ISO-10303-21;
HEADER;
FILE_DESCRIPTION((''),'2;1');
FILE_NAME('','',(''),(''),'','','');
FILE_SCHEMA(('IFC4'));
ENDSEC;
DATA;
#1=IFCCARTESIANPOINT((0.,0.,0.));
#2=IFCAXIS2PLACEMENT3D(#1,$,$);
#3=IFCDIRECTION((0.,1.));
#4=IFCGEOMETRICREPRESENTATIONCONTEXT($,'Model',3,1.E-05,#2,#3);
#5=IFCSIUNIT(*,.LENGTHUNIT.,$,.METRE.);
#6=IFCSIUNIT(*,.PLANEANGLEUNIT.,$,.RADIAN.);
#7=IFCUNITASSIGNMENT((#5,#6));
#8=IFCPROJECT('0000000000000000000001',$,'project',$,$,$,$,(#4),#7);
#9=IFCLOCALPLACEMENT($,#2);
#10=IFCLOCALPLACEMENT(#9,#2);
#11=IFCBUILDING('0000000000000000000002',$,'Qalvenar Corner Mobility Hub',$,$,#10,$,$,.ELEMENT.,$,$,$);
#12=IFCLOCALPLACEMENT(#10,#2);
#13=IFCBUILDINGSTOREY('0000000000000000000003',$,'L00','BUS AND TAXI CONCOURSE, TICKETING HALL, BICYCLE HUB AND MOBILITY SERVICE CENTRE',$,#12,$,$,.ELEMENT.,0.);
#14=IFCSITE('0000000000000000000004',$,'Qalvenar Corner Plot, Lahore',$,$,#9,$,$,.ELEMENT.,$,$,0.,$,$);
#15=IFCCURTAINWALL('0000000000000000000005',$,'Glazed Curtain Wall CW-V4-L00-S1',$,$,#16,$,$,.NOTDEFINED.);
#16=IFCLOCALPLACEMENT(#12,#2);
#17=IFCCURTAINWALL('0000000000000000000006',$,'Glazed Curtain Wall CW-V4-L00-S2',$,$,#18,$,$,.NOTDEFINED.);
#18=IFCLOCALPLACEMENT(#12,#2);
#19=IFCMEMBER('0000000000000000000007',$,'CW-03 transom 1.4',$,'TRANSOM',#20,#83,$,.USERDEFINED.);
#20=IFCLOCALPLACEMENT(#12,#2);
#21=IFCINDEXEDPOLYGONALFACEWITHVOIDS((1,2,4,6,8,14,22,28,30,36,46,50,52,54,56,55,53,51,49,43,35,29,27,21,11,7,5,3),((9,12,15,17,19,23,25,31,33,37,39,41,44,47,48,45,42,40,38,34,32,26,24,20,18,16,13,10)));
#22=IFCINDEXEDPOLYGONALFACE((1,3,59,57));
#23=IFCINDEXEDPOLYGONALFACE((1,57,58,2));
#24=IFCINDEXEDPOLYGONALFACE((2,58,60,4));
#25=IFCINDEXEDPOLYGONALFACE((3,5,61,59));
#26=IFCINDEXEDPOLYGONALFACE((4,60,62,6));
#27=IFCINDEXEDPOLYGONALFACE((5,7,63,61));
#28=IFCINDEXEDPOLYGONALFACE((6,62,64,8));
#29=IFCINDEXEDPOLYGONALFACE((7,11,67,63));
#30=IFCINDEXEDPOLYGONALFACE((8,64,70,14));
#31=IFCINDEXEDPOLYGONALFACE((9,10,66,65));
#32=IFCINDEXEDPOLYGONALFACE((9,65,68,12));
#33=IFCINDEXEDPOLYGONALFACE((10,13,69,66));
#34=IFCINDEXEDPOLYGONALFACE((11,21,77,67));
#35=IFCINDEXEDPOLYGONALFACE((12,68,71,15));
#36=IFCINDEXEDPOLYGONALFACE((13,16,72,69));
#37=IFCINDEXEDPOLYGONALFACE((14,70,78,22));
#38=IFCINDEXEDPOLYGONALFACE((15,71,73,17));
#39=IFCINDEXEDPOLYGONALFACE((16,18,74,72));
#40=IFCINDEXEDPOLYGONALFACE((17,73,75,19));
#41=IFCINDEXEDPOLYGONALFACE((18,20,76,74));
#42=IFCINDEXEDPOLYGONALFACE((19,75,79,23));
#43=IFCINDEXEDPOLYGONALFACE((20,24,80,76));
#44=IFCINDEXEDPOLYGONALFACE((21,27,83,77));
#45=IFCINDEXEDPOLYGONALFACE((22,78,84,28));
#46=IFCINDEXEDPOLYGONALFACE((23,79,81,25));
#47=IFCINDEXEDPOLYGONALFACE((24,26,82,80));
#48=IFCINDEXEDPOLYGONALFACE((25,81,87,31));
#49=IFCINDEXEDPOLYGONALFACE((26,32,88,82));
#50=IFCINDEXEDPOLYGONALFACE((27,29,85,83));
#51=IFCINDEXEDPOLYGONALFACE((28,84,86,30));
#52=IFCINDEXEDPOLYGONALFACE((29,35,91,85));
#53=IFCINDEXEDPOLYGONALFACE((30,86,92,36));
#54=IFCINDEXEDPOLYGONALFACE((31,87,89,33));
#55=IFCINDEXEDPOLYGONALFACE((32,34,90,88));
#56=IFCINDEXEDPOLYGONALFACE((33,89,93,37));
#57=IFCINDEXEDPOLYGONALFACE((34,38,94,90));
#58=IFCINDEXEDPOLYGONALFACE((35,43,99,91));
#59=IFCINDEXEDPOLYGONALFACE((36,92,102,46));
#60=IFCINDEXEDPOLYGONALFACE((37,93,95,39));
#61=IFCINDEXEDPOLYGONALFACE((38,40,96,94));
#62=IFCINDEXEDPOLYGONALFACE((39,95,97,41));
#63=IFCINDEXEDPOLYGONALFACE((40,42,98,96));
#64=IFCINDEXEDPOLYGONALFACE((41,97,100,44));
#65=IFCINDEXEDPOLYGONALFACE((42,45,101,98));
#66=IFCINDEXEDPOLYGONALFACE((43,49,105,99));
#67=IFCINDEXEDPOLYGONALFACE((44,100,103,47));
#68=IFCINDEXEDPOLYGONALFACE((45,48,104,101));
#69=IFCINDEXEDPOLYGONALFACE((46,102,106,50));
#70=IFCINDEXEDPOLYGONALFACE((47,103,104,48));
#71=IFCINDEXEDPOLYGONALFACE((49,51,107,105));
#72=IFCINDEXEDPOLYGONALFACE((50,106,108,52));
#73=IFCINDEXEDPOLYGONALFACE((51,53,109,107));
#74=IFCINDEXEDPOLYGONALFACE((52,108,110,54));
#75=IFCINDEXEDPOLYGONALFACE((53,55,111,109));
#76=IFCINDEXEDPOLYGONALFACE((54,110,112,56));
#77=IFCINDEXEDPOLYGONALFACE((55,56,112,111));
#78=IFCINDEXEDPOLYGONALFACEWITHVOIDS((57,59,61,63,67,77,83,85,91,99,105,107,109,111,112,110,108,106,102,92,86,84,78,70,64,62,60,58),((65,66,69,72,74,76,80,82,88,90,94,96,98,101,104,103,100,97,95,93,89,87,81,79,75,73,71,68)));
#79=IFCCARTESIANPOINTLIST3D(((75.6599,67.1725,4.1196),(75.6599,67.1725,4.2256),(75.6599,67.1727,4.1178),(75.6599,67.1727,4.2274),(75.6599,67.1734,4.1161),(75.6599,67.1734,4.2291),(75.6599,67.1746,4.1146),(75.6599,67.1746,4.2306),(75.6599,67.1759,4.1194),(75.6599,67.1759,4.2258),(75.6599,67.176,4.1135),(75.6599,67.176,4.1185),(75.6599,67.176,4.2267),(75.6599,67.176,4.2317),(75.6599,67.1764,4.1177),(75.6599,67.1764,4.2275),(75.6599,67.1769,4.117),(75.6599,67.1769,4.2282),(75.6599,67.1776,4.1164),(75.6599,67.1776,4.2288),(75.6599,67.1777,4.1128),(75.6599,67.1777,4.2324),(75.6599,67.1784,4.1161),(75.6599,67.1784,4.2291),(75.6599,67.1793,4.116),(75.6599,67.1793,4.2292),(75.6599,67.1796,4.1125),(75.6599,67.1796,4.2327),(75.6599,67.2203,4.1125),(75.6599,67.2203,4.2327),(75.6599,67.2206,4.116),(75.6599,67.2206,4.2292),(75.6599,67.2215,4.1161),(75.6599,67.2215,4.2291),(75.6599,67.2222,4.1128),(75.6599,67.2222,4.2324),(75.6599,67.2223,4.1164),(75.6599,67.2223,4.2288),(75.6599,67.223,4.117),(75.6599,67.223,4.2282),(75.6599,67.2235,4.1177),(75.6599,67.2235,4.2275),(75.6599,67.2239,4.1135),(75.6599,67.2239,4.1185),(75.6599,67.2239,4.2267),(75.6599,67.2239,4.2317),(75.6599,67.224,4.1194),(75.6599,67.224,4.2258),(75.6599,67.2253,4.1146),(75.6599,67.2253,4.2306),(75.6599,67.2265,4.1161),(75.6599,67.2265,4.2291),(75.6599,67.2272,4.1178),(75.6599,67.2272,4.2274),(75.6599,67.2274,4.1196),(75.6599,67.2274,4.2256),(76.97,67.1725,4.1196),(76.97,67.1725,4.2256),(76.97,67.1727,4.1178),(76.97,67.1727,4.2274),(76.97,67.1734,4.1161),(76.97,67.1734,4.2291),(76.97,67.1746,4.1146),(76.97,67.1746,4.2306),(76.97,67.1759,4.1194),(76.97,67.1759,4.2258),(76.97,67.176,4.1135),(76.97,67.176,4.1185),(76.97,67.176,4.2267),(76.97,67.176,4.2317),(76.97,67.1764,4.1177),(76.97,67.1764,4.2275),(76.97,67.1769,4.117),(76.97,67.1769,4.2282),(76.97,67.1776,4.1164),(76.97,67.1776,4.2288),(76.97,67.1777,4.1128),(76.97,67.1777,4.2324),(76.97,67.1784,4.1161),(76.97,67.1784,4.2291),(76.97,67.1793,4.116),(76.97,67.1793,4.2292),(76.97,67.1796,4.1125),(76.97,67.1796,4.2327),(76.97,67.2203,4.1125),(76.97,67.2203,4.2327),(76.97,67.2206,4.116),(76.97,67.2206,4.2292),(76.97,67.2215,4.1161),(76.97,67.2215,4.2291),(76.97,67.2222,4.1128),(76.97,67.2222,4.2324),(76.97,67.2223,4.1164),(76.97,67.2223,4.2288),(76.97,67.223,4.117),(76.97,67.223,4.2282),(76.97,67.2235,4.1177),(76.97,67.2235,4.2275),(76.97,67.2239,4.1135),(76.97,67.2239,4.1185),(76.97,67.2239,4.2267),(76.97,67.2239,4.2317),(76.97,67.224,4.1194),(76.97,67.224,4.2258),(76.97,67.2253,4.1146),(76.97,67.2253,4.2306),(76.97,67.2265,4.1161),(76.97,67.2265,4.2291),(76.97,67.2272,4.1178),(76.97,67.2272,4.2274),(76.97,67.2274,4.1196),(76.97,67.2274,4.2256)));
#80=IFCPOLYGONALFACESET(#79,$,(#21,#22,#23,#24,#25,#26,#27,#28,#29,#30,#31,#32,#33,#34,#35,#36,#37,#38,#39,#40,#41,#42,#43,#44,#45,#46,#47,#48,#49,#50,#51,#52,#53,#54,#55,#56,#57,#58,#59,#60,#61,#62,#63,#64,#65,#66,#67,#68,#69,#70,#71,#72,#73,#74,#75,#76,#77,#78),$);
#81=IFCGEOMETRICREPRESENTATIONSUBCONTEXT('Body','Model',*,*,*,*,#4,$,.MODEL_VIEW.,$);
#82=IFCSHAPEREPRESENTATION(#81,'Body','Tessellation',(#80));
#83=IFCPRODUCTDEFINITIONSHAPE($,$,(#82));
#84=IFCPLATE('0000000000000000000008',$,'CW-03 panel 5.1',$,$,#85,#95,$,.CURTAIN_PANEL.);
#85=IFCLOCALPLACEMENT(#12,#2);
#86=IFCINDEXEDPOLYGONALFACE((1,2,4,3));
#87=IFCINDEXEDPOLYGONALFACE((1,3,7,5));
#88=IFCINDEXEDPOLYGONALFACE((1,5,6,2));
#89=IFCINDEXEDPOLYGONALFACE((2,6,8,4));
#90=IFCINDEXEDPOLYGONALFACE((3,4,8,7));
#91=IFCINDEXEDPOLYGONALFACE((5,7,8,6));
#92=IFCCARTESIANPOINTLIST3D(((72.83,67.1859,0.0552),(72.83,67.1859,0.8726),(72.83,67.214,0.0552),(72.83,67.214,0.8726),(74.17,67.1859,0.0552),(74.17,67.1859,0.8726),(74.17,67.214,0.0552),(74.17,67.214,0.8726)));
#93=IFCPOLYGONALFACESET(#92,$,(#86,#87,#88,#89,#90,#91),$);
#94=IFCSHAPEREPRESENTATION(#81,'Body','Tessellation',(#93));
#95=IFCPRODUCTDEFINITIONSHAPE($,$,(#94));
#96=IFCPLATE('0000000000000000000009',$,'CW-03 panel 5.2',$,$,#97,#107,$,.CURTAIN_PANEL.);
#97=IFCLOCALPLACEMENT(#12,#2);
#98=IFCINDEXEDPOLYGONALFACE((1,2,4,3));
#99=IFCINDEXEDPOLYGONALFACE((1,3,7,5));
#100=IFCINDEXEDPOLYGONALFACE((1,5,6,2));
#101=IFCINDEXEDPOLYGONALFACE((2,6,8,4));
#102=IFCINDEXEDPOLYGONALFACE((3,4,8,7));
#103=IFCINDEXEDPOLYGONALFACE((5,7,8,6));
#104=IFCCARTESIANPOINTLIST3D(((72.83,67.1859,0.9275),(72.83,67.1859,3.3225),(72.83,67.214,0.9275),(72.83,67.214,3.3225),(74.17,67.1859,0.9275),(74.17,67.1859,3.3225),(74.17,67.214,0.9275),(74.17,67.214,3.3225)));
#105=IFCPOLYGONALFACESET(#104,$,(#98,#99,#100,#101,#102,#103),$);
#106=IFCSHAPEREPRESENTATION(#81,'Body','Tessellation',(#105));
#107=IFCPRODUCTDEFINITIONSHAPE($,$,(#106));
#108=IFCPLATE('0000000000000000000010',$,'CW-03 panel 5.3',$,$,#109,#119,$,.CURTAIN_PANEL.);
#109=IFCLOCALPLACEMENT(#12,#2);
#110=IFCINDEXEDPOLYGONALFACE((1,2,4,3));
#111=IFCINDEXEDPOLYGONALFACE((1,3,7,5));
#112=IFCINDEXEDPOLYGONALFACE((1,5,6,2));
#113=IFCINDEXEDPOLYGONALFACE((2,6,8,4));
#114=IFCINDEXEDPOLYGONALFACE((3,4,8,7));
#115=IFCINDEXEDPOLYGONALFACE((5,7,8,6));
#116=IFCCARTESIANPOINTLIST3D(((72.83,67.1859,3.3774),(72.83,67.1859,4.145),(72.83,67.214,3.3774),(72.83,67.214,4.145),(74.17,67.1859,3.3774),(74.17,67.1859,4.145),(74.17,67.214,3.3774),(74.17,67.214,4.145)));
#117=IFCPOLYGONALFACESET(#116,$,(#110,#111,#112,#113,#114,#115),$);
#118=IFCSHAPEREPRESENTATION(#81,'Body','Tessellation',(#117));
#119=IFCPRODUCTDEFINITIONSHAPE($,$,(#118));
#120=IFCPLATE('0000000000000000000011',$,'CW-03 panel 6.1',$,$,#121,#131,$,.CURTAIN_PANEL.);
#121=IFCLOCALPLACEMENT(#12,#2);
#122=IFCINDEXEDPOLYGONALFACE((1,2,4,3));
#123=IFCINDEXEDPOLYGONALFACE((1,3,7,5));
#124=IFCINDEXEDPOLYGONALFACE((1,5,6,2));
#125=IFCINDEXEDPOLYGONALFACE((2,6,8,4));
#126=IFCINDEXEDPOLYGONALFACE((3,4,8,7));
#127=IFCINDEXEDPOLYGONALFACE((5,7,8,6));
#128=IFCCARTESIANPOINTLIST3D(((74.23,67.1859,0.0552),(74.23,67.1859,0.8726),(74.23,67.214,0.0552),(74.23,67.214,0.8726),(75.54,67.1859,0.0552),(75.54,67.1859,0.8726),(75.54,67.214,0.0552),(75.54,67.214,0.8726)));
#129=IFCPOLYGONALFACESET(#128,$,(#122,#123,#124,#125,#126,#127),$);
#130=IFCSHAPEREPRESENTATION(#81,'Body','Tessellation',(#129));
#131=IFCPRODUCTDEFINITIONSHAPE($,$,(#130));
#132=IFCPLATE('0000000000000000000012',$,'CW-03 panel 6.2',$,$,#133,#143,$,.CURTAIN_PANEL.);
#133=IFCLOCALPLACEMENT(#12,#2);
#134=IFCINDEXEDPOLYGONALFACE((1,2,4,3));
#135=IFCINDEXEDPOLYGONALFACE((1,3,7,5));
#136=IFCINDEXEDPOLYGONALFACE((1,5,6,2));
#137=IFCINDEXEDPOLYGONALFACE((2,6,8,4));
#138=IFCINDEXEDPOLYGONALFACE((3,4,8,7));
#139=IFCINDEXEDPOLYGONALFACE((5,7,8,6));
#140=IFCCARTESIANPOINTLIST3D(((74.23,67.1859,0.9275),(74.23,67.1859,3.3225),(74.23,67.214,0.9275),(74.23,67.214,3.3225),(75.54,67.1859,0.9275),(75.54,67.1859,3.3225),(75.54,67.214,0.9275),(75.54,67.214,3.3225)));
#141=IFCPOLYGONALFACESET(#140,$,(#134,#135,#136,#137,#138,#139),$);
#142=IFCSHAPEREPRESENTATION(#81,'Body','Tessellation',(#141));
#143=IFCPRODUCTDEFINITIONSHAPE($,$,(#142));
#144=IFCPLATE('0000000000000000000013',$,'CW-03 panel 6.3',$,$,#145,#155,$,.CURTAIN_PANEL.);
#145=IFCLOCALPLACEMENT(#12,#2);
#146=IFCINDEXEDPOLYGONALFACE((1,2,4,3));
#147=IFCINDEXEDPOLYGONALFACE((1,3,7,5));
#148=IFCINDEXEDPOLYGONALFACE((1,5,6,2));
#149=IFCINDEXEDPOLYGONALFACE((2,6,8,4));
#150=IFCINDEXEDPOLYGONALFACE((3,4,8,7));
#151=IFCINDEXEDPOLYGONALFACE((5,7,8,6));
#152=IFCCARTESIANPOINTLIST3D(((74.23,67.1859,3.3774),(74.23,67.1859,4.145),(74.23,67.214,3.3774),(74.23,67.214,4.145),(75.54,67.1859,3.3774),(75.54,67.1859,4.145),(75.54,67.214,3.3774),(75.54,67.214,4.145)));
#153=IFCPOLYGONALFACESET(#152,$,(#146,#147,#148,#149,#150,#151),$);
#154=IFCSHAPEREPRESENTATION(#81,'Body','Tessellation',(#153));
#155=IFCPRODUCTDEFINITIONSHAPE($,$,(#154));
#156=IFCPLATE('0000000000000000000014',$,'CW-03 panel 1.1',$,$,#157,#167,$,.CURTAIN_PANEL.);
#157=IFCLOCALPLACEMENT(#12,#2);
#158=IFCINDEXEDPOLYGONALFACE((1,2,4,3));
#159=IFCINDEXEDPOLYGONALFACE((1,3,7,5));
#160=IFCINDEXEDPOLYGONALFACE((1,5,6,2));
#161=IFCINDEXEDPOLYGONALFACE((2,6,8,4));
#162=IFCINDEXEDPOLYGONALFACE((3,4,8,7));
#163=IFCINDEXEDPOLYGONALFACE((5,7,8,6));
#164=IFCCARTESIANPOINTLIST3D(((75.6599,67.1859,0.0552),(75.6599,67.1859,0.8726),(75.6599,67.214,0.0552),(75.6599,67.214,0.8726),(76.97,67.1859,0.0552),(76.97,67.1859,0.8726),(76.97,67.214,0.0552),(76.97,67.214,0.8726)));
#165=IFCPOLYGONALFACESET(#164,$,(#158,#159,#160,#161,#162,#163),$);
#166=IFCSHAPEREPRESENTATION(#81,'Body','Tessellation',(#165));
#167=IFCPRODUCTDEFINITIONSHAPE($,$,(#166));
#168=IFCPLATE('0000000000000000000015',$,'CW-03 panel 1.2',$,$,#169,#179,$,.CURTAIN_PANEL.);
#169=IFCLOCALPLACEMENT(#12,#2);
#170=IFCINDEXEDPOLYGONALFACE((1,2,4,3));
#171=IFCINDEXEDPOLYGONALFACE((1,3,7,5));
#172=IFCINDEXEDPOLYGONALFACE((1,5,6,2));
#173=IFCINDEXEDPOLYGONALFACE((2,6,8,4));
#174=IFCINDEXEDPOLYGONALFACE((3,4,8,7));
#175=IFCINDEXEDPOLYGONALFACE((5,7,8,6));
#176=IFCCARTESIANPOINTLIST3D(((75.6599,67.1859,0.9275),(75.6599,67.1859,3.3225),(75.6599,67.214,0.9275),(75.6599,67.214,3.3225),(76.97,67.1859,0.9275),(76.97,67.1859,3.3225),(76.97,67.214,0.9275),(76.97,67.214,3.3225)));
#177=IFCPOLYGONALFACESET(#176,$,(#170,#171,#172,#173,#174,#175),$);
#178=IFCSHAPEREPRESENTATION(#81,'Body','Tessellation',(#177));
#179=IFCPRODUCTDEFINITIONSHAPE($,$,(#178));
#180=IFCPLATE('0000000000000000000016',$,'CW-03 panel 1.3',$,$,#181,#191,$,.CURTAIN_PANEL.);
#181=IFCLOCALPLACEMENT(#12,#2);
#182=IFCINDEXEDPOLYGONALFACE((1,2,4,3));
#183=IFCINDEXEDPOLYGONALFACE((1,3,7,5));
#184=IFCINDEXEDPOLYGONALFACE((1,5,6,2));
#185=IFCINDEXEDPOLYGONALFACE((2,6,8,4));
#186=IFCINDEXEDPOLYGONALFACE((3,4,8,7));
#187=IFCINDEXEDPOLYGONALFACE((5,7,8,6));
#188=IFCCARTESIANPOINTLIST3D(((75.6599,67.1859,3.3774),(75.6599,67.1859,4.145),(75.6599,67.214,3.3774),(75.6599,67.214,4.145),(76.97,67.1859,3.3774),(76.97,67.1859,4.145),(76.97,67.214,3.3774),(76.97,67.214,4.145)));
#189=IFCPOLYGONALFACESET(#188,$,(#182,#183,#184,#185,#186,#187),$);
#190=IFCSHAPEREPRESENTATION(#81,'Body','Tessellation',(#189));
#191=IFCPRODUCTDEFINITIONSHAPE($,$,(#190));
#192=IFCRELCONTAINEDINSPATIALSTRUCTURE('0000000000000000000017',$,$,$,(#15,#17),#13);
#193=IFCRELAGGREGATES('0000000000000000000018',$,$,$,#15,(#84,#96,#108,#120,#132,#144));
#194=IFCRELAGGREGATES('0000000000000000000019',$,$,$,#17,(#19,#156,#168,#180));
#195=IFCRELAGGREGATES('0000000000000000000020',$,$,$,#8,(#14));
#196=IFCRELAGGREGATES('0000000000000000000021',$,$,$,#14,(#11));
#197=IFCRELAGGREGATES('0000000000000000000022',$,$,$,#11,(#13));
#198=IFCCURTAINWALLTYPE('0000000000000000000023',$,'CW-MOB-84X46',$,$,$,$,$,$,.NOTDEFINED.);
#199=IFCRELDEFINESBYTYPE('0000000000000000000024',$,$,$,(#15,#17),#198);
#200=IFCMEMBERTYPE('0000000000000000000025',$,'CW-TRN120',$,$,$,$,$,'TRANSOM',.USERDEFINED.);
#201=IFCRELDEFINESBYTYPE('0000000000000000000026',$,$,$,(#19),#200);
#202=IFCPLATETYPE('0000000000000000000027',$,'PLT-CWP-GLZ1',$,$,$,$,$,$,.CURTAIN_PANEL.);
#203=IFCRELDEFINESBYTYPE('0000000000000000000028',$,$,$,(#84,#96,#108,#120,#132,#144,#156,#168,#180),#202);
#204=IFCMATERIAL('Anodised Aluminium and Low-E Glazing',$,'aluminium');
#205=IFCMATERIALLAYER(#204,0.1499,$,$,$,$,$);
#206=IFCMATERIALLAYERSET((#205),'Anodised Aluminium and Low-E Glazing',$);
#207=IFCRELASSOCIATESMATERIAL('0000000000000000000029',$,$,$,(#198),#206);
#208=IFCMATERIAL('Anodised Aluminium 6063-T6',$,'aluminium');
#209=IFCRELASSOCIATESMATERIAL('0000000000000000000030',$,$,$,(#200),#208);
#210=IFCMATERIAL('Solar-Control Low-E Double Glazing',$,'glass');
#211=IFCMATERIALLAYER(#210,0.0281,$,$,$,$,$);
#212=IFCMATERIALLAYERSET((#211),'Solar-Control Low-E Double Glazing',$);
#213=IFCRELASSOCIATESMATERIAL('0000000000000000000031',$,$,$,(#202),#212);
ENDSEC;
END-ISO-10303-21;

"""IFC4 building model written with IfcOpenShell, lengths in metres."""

from ifc_helpers import new_model, si_unit, direction, frame, origin, origin_2d, place, context, subcontext, project, spatial, rectangle, hollow_rectangle, extrude, material, layer, layer_set, material_profile, profile_set, type_object, element, aggregate, save


model = new_model("IFC4")

# Units and contexts
model_context = context("Model", 3, precision=1e-05, world=origin(), true_north=direction((0.0, 1.0)))
body_context = subcontext(model_context, "Body", "Model", "MODEL_VIEW")
ifc_project = project(units=[si_unit("LENGTHUNIT", "METRE"), si_unit("PLANEANGLEUNIT", "RADIAN")], contexts=[model_context])

# Site, building, storey
site_placement = place(None, origin())
site = spatial("IfcSite", under=ifc_project, at=site_placement, Name="Qalvenar Corner Plot, Lahore", CompositionType="ELEMENT", RefElevation=0.0)
building_placement = place(site_placement, origin())
building = spatial("IfcBuilding", under=site, at=building_placement, Name="Qalvenar Corner Mobility Hub", CompositionType="ELEMENT")
storey_placement = place(building_placement, origin())
storey = spatial("IfcBuildingStorey", under=building, at=storey_placement, Name="L00", Description="BUS AND TAXI CONCOURSE, TICKETING HALL, BICYCLE HUB AND MOBILITY SERVICE CENTRE", CompositionType="ELEMENT", Elevation=0.0)

# Curtain walls
ifc_material_1 = material(Name="Anodised Aluminium and Low-E Glazing", Category="aluminium")
ifc_layer_1 = layer(ifc_material_1, 0.1499)
ifc_layer_set_1 = layer_set([ifc_layer_1], Name="Anodised Aluminium and Low-E Glazing")
curtain_wall_type = type_object("IfcCurtainWallType", Name="CW-MOB-84X46", PredefinedType="NOTDEFINED", material=ifc_layer_set_1)
curtain_wall_1_placement = place(storey_placement, origin())
curtain_wall_1 = element("IfcCurtainWall", 1, at=curtain_wall_1_placement, inside=storey, type_object=curtain_wall_type, Name="Glazed Curtain Wall CW-V4-L00-S1", PredefinedType="NOTDEFINED")
ifc_material_2 = material(Name="Anodised Aluminium 6063-T6", Category="aluminium")
curtain_wall_2_placement = place(storey_placement, origin())
curtain_wall_2 = element("IfcCurtainWall", 2, at=curtain_wall_2_placement, inside=storey, type_object=curtain_wall_type, Name="Glazed Curtain Wall CW-V4-L00-S2", PredefinedType="NOTDEFINED")

# Member
ifc_material_profile_1 = material_profile(ifc_material_2, hollow_rectangle(XDim=0.0549, YDim=0.1201, WallThickness=0.0034, InnerFilletRadius=0.0034, OuterFilletRadius=0.0071, at=origin_2d()), Name="RHS120x55x3.5")
ifc_profile_set_1 = profile_set([ifc_material_profile_1], Name="Anodised Aluminium 6063-T6")
member_type_1 = type_object("IfcMemberType", Name="CW-TRN120", ElementType="TRANSOM", PredefinedType="USERDEFINED", material=ifc_profile_set_1)
member_1_placement = place(storey_placement, frame((75.6599, 67.2, 4.1726), z_axis=(1.0, 0.0, 0.0), x_axis=(0.0, 1.0, 0.0)))
member_1 = element("IfcMember", 3, at=member_1_placement, type_object=member_type_1, Name="CW-03 transom 1.4", ObjectType="TRANSOM", PredefinedType="USERDEFINED", context=body_context, shape_type="SweptSolid", body=[
    extrude(hollow_rectangle(XDim=0.0549, YDim=0.1201, WallThickness=0.0034, InnerFilletRadius=0.0034, OuterFilletRadius=0.0071, at=origin_2d()), origin(), (0.0, 0.0, 1.0), 1.3101),
])

# Plates
ifc_material_3 = material(Name="Solar-Control Low-E Double Glazing", Category="glass")
ifc_layer_2 = layer(ifc_material_3, 0.0281)
ifc_layer_set_2 = layer_set([ifc_layer_2], Name="Solar-Control Low-E Double Glazing")
plate_type = type_object("IfcPlateType", Name="PLT-CWP-GLZ1", PredefinedType="CURTAIN_PANEL", material=ifc_layer_set_2)
plate_1_placement = place(storey_placement, frame((73.5, 67.2, 0.0552), z_axis=(0.0, 0.0, 1.0), x_axis=(1.0, 0.0, 0.0)))
plate_1 = element("IfcPlate", 4, at=plate_1_placement, type_object=plate_type, Name="CW-03 panel 5.1", PredefinedType="CURTAIN_PANEL", context=body_context, shape_type="SweptSolid", body=[
    extrude(rectangle(XDim=1.3401, YDim=0.0281, at=origin_2d()), origin(), (0.0, 0.0, 1.0), 0.8174),
])
plate_2_placement = place(storey_placement, frame((73.5, 67.2, 0.9275), z_axis=(0.0, 0.0, 1.0), x_axis=(1.0, 0.0, 0.0)))
plate_2 = element("IfcPlate", 5, at=plate_2_placement, type_object=plate_type, Name="CW-03 panel 5.2", PredefinedType="CURTAIN_PANEL", context=body_context, shape_type="SweptSolid", body=[
    extrude(rectangle(XDim=1.3401, YDim=0.0281, at=origin_2d()), origin(), (0.0, 0.0, 1.0), 2.395),
])
plate_3_placement = place(storey_placement, frame((73.5, 67.2, 3.3774), z_axis=(0.0, 0.0, 1.0), x_axis=(1.0, 0.0, 0.0)))
plate_3 = element("IfcPlate", 6, at=plate_3_placement, type_object=plate_type, Name="CW-03 panel 5.3", PredefinedType="CURTAIN_PANEL", context=body_context, shape_type="SweptSolid", body=[
    extrude(rectangle(XDim=1.3401, YDim=0.0281, at=origin_2d()), origin(), (0.0, 0.0, 1.0), 0.7676),
])
plate_4_placement = place(storey_placement, frame((74.885, 67.2, 0.0552), z_axis=(0.0, 0.0, 1.0), x_axis=(1.0, 0.0, 0.0)))
plate_4 = element("IfcPlate", 7, at=plate_4_placement, type_object=plate_type, Name="CW-03 panel 6.1", PredefinedType="CURTAIN_PANEL", context=body_context, shape_type="SweptSolid", body=[
    extrude(rectangle(XDim=1.3101, YDim=0.0281, at=origin_2d()), origin(), (0.0, 0.0, 1.0), 0.8174),
])
plate_5_placement = place(storey_placement, frame((74.885, 67.2, 0.9275), z_axis=(0.0, 0.0, 1.0), x_axis=(1.0, 0.0, 0.0)))
plate_5 = element("IfcPlate", 8, at=plate_5_placement, type_object=plate_type, Name="CW-03 panel 6.2", PredefinedType="CURTAIN_PANEL", context=body_context, shape_type="SweptSolid", body=[
    extrude(rectangle(XDim=1.3101, YDim=0.0281, at=origin_2d()), origin(), (0.0, 0.0, 1.0), 2.395),
])
plate_6_placement = place(storey_placement, frame((74.885, 67.2, 3.3774), z_axis=(0.0, 0.0, 1.0), x_axis=(1.0, 0.0, 0.0)))
plate_6 = element("IfcPlate", 9, at=plate_6_placement, type_object=plate_type, Name="CW-03 panel 6.3", PredefinedType="CURTAIN_PANEL", context=body_context, shape_type="SweptSolid", body=[
    extrude(rectangle(XDim=1.3101, YDim=0.0281, at=origin_2d()), origin(), (0.0, 0.0, 1.0), 0.7676),
])
aggregate(curtain_wall_1, [plate_1, plate_2, plate_3, plate_4, plate_5, plate_6])
plate_7_placement = place(storey_placement, frame((76.3149, 67.2, 0.0552), z_axis=(0.0, 0.0, 1.0), x_axis=(1.0, 0.0, 0.0)))
plate_7 = element("IfcPlate", 10, at=plate_7_placement, type_object=plate_type, Name="CW-03 panel 1.1", PredefinedType="CURTAIN_PANEL", context=body_context, shape_type="SweptSolid", body=[
    extrude(rectangle(XDim=1.3101, YDim=0.0281, at=origin_2d()), origin(), (0.0, 0.0, 1.0), 0.8174),
])
plate_8_placement = place(storey_placement, frame((76.3149, 67.2, 0.9275), z_axis=(0.0, 0.0, 1.0), x_axis=(1.0, 0.0, 0.0)))
plate_8 = element("IfcPlate", 11, at=plate_8_placement, type_object=plate_type, Name="CW-03 panel 1.2", PredefinedType="CURTAIN_PANEL", context=body_context, shape_type="SweptSolid", body=[
    extrude(rectangle(XDim=1.3101, YDim=0.0281, at=origin_2d()), origin(), (0.0, 0.0, 1.0), 2.395),
])
plate_9_placement = place(storey_placement, frame((76.3149, 67.2, 3.3774), z_axis=(0.0, 0.0, 1.0), x_axis=(1.0, 0.0, 0.0)))
plate_9 = element("IfcPlate", 12, at=plate_9_placement, type_object=plate_type, Name="CW-03 panel 1.3", PredefinedType="CURTAIN_PANEL", context=body_context, shape_type="SweptSolid", body=[
    extrude(rectangle(XDim=1.3101, YDim=0.0281, at=origin_2d()), origin(), (0.0, 0.0, 1.0), 0.7676),
])
aggregate(curtain_wall_2, [member_1, plate_7, plate_8, plate_9])

save(model, "model.ifc")
